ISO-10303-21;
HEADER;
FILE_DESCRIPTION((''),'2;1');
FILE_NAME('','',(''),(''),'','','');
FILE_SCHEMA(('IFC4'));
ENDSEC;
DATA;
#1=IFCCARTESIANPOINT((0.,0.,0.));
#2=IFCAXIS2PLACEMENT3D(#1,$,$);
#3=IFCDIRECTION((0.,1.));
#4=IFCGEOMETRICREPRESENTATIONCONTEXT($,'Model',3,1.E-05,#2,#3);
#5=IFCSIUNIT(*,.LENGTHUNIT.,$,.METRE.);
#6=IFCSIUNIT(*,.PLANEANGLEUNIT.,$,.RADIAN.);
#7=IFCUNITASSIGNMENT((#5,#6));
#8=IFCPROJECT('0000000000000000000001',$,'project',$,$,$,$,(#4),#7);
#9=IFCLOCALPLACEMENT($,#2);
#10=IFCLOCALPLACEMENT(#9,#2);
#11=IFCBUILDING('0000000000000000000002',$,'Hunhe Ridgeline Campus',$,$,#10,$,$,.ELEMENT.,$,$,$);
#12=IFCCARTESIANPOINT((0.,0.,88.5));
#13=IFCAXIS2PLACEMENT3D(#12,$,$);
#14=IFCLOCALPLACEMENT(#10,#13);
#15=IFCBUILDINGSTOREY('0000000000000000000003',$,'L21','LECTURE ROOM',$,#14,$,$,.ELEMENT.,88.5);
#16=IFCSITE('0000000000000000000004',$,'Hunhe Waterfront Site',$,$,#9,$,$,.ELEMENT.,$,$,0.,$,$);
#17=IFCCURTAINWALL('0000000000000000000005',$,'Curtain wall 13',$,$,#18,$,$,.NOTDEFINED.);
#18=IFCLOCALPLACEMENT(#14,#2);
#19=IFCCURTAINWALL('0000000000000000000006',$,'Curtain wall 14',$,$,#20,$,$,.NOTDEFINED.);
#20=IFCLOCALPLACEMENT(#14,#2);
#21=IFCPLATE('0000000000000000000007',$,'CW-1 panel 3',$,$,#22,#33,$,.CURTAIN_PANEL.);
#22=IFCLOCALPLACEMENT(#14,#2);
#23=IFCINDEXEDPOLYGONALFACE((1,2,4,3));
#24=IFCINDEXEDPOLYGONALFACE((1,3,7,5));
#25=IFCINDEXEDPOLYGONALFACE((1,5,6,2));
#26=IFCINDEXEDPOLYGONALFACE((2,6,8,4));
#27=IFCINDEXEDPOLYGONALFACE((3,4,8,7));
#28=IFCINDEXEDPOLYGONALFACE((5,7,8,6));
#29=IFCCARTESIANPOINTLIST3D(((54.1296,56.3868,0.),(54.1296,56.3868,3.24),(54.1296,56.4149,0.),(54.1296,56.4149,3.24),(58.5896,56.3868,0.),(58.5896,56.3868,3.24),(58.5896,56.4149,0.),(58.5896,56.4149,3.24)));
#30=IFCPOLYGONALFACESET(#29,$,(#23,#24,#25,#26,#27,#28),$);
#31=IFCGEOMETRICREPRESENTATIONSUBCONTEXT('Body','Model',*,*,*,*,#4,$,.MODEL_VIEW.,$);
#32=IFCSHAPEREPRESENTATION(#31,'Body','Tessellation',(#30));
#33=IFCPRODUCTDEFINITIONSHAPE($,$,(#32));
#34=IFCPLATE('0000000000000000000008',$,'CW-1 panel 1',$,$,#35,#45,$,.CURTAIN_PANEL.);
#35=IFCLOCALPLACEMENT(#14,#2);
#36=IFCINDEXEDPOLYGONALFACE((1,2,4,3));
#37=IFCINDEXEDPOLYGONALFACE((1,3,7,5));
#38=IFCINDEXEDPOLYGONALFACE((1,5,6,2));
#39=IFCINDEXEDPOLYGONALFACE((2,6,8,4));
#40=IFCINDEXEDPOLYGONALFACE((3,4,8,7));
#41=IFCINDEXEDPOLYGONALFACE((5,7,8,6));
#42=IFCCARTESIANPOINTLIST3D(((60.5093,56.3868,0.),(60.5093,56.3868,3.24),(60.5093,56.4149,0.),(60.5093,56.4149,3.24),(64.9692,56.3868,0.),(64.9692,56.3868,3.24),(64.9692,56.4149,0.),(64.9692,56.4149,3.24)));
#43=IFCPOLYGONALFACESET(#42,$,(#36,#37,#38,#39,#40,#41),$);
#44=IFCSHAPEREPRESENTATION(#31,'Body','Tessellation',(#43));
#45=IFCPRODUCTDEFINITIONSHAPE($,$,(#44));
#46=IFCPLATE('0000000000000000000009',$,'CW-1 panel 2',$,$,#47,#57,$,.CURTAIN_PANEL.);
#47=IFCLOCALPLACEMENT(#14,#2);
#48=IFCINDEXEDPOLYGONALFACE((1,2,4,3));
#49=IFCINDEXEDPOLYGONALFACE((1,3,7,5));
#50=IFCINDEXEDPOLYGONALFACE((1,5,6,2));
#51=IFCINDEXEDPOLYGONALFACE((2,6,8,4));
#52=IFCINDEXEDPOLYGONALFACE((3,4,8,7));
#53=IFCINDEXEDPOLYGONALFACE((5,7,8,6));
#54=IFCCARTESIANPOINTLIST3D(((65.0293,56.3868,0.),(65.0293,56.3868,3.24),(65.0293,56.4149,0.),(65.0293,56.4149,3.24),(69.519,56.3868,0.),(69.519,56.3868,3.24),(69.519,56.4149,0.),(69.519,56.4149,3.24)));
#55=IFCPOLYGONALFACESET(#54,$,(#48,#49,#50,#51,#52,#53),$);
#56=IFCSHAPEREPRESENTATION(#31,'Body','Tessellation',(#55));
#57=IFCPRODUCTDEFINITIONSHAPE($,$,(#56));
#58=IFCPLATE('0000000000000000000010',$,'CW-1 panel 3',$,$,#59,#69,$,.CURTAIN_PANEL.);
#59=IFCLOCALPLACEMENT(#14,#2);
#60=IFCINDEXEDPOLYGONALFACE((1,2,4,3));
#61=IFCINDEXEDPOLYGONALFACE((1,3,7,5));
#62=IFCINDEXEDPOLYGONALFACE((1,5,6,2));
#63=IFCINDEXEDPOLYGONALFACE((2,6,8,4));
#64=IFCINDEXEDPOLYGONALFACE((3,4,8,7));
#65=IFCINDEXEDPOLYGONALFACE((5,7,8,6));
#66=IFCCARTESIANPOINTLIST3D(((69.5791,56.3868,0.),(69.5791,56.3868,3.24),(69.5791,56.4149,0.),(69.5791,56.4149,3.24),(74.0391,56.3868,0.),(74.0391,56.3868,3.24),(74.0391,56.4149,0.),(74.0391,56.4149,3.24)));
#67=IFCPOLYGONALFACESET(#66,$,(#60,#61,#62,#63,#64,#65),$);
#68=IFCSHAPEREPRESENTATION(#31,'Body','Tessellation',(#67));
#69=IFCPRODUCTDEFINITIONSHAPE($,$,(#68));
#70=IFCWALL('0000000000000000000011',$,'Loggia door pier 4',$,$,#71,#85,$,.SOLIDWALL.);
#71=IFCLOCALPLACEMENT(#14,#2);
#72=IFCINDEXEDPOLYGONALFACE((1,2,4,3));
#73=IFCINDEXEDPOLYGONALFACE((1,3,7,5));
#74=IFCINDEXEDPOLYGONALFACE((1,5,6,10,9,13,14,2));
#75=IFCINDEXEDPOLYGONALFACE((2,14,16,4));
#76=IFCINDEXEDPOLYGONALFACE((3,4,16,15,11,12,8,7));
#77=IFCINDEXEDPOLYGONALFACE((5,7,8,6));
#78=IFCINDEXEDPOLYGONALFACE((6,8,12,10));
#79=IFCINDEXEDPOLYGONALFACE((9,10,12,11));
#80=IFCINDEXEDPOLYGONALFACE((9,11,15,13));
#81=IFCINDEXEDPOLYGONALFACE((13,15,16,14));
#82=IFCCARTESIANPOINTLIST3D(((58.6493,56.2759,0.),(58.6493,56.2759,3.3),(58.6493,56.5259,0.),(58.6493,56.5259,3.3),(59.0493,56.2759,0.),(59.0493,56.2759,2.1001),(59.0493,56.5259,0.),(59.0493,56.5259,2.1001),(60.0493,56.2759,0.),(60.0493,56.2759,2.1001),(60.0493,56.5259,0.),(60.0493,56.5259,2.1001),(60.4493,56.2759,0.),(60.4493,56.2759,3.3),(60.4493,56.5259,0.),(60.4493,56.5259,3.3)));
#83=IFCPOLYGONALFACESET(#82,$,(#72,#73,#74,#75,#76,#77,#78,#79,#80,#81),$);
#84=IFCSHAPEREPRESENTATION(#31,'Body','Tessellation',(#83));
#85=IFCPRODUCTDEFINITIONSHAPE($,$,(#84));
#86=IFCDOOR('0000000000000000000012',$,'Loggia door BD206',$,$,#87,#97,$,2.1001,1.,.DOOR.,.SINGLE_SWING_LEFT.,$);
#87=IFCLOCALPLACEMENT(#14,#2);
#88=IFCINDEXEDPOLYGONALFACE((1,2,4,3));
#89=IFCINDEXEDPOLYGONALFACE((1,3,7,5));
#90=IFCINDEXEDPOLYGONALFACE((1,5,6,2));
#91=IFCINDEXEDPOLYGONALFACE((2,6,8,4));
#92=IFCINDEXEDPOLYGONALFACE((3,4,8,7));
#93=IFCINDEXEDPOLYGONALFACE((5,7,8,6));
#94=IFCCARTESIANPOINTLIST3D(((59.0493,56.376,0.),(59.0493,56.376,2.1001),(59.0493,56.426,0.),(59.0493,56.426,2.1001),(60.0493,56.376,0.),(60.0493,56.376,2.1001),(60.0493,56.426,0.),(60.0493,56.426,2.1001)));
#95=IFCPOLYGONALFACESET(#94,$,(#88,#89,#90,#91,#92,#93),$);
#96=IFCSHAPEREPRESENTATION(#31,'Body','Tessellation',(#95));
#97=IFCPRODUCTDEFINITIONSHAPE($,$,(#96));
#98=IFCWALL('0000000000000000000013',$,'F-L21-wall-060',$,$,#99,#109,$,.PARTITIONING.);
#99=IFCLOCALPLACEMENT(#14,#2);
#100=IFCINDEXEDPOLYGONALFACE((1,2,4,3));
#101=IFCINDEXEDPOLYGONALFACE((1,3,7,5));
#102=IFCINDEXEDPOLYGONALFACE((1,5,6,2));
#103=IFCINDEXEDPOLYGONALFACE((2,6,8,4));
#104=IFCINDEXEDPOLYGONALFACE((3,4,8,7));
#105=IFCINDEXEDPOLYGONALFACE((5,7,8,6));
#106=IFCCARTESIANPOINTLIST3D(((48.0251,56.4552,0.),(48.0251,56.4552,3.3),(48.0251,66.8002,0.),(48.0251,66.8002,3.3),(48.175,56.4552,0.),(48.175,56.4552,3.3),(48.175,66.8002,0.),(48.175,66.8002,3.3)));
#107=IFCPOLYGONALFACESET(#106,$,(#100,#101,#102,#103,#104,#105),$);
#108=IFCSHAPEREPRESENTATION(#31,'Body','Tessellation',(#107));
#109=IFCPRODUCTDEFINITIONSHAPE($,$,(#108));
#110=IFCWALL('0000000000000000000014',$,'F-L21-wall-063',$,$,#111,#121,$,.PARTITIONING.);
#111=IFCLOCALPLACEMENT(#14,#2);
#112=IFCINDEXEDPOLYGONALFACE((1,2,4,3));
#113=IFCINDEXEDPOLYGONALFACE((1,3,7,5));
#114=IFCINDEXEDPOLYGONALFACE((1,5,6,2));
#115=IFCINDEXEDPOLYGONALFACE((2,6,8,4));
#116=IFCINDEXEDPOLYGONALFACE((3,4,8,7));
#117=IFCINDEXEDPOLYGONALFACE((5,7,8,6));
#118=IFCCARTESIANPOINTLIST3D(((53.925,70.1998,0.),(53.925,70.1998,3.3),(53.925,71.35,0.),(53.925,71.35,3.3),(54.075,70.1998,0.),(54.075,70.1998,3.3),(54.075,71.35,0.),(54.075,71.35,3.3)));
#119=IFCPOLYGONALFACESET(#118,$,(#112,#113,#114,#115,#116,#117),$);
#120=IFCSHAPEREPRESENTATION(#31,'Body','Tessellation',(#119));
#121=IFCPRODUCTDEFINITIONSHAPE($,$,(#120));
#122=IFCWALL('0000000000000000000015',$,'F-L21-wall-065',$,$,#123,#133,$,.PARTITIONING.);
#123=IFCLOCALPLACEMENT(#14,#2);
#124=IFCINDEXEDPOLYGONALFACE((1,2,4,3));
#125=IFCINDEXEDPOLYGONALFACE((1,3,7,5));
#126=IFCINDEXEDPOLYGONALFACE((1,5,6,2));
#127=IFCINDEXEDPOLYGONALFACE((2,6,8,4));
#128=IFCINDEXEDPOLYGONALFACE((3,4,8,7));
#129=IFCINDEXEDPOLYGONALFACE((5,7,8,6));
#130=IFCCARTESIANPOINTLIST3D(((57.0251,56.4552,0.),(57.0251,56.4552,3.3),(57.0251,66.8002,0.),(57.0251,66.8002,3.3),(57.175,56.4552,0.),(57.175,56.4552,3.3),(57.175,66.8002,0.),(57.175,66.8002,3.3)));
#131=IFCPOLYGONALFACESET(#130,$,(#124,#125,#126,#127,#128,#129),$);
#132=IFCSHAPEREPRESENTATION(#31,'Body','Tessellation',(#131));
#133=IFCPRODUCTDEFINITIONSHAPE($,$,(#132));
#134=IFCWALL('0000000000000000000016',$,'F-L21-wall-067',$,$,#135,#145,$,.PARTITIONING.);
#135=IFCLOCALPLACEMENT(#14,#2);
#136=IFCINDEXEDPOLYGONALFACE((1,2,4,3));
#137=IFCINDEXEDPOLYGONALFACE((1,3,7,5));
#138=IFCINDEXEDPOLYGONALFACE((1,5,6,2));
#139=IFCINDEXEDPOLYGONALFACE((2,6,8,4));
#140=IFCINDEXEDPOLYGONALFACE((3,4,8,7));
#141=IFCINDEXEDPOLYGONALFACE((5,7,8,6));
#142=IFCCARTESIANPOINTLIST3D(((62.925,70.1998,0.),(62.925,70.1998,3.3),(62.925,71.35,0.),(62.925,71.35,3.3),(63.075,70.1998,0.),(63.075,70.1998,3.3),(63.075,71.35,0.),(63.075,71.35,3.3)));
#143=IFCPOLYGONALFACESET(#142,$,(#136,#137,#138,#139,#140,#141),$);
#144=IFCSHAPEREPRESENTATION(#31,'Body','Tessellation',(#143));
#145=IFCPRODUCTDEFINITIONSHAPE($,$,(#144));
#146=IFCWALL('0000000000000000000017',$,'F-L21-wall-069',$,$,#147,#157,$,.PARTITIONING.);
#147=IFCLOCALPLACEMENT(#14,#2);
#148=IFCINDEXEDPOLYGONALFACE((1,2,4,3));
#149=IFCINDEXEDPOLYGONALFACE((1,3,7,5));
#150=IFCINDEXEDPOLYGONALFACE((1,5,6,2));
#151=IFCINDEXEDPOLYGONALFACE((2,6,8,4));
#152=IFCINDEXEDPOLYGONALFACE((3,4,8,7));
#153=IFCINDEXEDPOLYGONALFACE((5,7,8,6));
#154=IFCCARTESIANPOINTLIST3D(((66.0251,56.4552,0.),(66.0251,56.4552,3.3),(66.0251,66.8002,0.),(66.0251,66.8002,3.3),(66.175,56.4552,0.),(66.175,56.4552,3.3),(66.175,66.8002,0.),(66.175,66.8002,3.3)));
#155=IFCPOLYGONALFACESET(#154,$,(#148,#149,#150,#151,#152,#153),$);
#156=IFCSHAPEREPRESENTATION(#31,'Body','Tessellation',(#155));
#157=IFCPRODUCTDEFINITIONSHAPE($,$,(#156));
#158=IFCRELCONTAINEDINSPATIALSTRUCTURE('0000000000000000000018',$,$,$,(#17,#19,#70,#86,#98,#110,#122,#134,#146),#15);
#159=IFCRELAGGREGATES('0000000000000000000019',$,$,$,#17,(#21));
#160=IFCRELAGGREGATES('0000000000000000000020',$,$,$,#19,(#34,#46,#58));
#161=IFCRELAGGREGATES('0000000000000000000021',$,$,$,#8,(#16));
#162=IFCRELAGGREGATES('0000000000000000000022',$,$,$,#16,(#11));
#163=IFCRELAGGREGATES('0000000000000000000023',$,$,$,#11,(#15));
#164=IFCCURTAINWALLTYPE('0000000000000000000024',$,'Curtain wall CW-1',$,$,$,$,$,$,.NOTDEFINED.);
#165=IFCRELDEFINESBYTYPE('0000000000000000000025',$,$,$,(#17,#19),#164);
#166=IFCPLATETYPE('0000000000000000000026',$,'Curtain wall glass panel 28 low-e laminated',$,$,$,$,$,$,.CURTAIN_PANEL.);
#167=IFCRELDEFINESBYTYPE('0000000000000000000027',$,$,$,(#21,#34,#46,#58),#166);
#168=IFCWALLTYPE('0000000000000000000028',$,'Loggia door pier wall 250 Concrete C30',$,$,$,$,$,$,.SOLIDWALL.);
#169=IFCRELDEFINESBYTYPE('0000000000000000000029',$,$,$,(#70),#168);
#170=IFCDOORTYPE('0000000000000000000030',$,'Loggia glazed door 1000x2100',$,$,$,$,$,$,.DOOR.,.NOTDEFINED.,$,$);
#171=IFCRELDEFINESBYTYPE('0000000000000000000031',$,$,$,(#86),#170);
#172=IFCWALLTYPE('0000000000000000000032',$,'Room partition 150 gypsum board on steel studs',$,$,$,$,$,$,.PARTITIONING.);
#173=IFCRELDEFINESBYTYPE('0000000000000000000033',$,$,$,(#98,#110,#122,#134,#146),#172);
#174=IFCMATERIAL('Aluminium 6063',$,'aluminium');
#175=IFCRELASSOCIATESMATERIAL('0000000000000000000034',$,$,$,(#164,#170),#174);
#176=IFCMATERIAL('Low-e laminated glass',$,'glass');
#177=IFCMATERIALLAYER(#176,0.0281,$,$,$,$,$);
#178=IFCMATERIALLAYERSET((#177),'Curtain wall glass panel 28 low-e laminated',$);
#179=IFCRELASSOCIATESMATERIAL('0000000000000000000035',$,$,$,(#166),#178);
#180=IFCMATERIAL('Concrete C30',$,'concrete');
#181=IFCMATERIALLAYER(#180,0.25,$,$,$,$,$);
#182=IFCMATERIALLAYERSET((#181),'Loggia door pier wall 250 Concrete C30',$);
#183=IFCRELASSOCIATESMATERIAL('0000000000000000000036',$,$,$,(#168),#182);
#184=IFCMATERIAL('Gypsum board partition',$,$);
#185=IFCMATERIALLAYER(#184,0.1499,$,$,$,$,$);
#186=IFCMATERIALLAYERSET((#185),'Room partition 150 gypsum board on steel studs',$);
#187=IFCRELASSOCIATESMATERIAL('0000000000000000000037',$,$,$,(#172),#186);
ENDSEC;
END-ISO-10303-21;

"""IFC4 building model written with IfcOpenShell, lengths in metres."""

from ifc_helpers import new_model, si_unit, direction, frame, frame_2d, origin, origin_2d, place, context, subcontext, project, spatial, rectangle, extrude, material, layer, layer_set, type_object, element, fill, aggregate, save


model = new_model("IFC4")

# Units and contexts
model_context = context("Model", 3, precision=1e-05, world=origin(), true_north=direction((0.0, 1.0)))
body_context = subcontext(model_context, "Body", "Model", "MODEL_VIEW")
ifc_project = project(units=[si_unit("LENGTHUNIT", "METRE"), si_unit("PLANEANGLEUNIT", "RADIAN")], contexts=[model_context])

# Site, building, storey
site_placement = place(None, origin())
site = spatial("IfcSite", under=ifc_project, at=site_placement, Name="Hunhe Waterfront Site", CompositionType="ELEMENT", RefElevation=0.0)
building_placement = place(site_placement, origin())
building = spatial("IfcBuilding", under=site, at=building_placement, Name="Hunhe Ridgeline Campus", CompositionType="ELEMENT")
storey_placement = place(building_placement, frame((0.0, 0.0, 88.5)))
storey = spatial("IfcBuildingStorey", under=building, at=storey_placement, Name="L21", Description="LECTURE ROOM", CompositionType="ELEMENT", Elevation=88.5)

# Curtain walls
ifc_material_1 = material(Name="Aluminium 6063", Category="aluminium")
curtain_wall_type = type_object("IfcCurtainWallType", Name="Curtain wall CW-1", PredefinedType="NOTDEFINED", material=ifc_material_1)
curtain_wall_1_placement = place(storey_placement, origin())
curtain_wall_1 = element("IfcCurtainWall", 1, at=curtain_wall_1_placement, inside=storey, type_object=curtain_wall_type, Name="Curtain wall 13", PredefinedType="NOTDEFINED")
curtain_wall_2_placement = place(storey_placement, origin())
curtain_wall_2 = element("IfcCurtainWall", 2, at=curtain_wall_2_placement, inside=storey, type_object=curtain_wall_type, Name="Curtain wall 14", PredefinedType="NOTDEFINED")

# Plates
ifc_material_2 = material(Name="Low-e laminated glass", Category="glass")
ifc_layer_1 = layer(ifc_material_2, 0.0281)
ifc_layer_set_1 = layer_set([ifc_layer_1], Name="Curtain wall glass panel 28 low-e laminated")
plate_type = type_object("IfcPlateType", Name="Curtain wall glass panel 28 low-e laminated", PredefinedType="CURTAIN_PANEL", material=ifc_layer_set_1)
plate_1_placement = place(storey_placement, frame((56.3596, 56.4009, 0.0), z_axis=(0.0, 0.0, 1.0), x_axis=(1.0, 0.0, 0.0)))
plate_1 = element("IfcPlate", 3, at=plate_1_placement, type_object=plate_type, Name="CW-1 panel 3", PredefinedType="CURTAIN_PANEL", context=body_context, shape_type="SweptSolid", body=[
    extrude(rectangle(XDim=4.46, YDim=0.0281, at=origin_2d()), origin(), (0.0, 0.0, 1.0), 3.24),
])
aggregate(curtain_wall_1, [plate_1])
plate_2_placement = place(storey_placement, frame((62.7393, 56.4009, 0.0), z_axis=(0.0, 0.0, 1.0), x_axis=(1.0, 0.0, 0.0)))
plate_2 = element("IfcPlate", 4, at=plate_2_placement, type_object=plate_type, Name="CW-1 panel 1", PredefinedType="CURTAIN_PANEL", context=body_context, shape_type="SweptSolid", body=[
    extrude(rectangle(XDim=4.46, YDim=0.0281, at=origin_2d()), origin(), (0.0, 0.0, 1.0), 3.24),
])
plate_3_placement = place(storey_placement, frame((67.2742, 56.4009, 0.0), z_axis=(0.0, 0.0, 1.0), x_axis=(1.0, 0.0, 0.0)))
plate_3 = element("IfcPlate", 5, at=plate_3_placement, type_object=plate_type, Name="CW-1 panel 2", PredefinedType="CURTAIN_PANEL", context=body_context, shape_type="SweptSolid", body=[
    extrude(rectangle(XDim=4.4897, YDim=0.0281, at=origin_2d()), origin(), (0.0, 0.0, 1.0), 3.24),
])
plate_4_placement = place(storey_placement, frame((71.8091, 56.4009, 0.0), z_axis=(0.0, 0.0, 1.0), x_axis=(1.0, 0.0, 0.0)))
plate_4 = element("IfcPlate", 6, at=plate_4_placement, type_object=plate_type, Name="CW-1 panel 3", PredefinedType="CURTAIN_PANEL", context=body_context, shape_type="SweptSolid", body=[
    extrude(rectangle(XDim=4.46, YDim=0.0281, at=origin_2d()), origin(), (0.0, 0.0, 1.0), 3.24),
])
aggregate(curtain_wall_2, [plate_2, plate_3, plate_4])

# Wall, opening, door
ifc_material_3 = material(Name="Concrete C30", Category="concrete")
ifc_layer_2 = layer(ifc_material_3, 0.25)
ifc_layer_set_2 = layer_set([ifc_layer_2], Name="Loggia door pier wall 250 Concrete C30")
wall_type_1 = type_object("IfcWallType", Name="Loggia door pier wall 250 Concrete C30", PredefinedType="SOLIDWALL", material=ifc_layer_set_2)
wall_1_placement = place(storey_placement, frame((58.6494, 56.4009, 0.0), z_axis=(0.0, 0.0, 1.0), x_axis=(1.0, 0.0, 0.0)))
wall_1 = element("IfcWall", 7, at=wall_1_placement, inside=storey, type_object=wall_type_1, Name="Loggia door pier 4", PredefinedType="SOLIDWALL", context=body_context, shape_type="SweptSolid", body=[
    extrude(rectangle(XDim=1.8, YDim=0.25, at=frame_2d((0.8999, 0.0))), origin(), (0.0, 0.0, 1.0), 3.3),
])
opening_placement = place(wall_1_placement, frame((0.3999, 0.0, 0.0)))
opening = element("IfcOpeningElement", 8, at=opening_placement, cuts=wall_1, PredefinedType="OPENING", context=body_context, shape_type="SweptSolid", body=[
    extrude(rectangle(XDim=1.0, YDim=2.1001, at=frame_2d((0.5, 1.05))), frame((0.0, 0.125, 0.0), z_axis=(0.0, -1.0, 0.0), x_axis=(1.0, 0.0, 0.0)), (0.0, 0.0, 1.0), 0.25),
])
door_type = type_object("IfcDoorType", Name="Loggia glazed door 1000x2100", OperationType="NOTDEFINED", PredefinedType="DOOR", material=ifc_material_1)
door_placement = place(opening_placement, frame((1.0, 0.0, 0.0), z_axis=(0.0, 0.0, 1.0), x_axis=(-1.0, 0.0, 0.0)))
door = element("IfcDoor", 9, at=door_placement, inside=storey, type_object=door_type, Name="Loggia door BD206", OperationType="SINGLE_SWING_LEFT", OverallHeight=2.1001, OverallWidth=1.0, PredefinedType="DOOR", context=body_context, shape_type="SweptSolid", body=[
    extrude(rectangle(XDim=1.0, YDim=2.1001, at=frame_2d((0.5, 1.05))), frame((0.0, 0.0249, 0.0), z_axis=(0.0, -1.0, 0.0), x_axis=(1.0, 0.0, 0.0)), (0.0, 0.0, 1.0), 0.05),
])
fill(opening, door)

# Walls
ifc_material_4 = material(Name="Gypsum board partition")
ifc_layer_3 = layer(ifc_material_4, 0.1499)
ifc_layer_set_3 = layer_set([ifc_layer_3], Name="Room partition 150 gypsum board on steel studs")
wall_type_2 = type_object("IfcWallType", Name="Room partition 150 gypsum board on steel studs", PredefinedType="PARTITIONING", material=ifc_layer_set_3)
wall_2_placement = place(storey_placement, frame((48.1001, 66.8, 0.0), z_axis=(0.0, 0.0, 1.0), x_axis=(0.0, -1.0, 0.0)))
element("IfcWall", 10, at=wall_2_placement, inside=storey, type_object=wall_type_2, Name="F-L21-wall-060", PredefinedType="PARTITIONING", context=body_context, shape_type="SweptSolid", body=[
    extrude(rectangle(XDim=10.345, YDim=0.1499, at=frame_2d((5.1724, 0.0))), origin(), (0.0, 0.0, 1.0), 3.3),
])
wall_3_placement = place(storey_placement, frame((54.0, 71.3501, 0.0), z_axis=(0.0, 0.0, 1.0), x_axis=(0.0, -1.0, 0.0)))
element("IfcWall", 11, at=wall_3_placement, inside=storey, type_object=wall_type_2, Name="F-L21-wall-063", PredefinedType="PARTITIONING", context=body_context, shape_type="SweptSolid", body=[
    extrude(rectangle(XDim=1.1501, YDim=0.1499, at=frame_2d((0.5752, 0.0))), origin(), (0.0, 0.0, 1.0), 3.3),
])
wall_4_placement = place(storey_placement, frame((57.1001, 66.8, 0.0), z_axis=(0.0, 0.0, 1.0), x_axis=(0.0, -1.0, 0.0)))
element("IfcWall", 12, at=wall_4_placement, inside=storey, type_object=wall_type_2, Name="F-L21-wall-065", PredefinedType="PARTITIONING", context=body_context, shape_type="SweptSolid", body=[
    extrude(rectangle(XDim=10.345, YDim=0.1499, at=frame_2d((5.1724, 0.0))), origin(), (0.0, 0.0, 1.0), 3.3),
])
wall_5_placement = place(storey_placement, frame((63.0, 71.3501, 0.0), z_axis=(0.0, 0.0, 1.0), x_axis=(0.0, -1.0, 0.0)))
element("IfcWall", 13, at=wall_5_placement, inside=storey, type_object=wall_type_2, Name="F-L21-wall-067", PredefinedType="PARTITIONING", context=body_context, shape_type="SweptSolid", body=[
    extrude(rectangle(XDim=1.1501, YDim=0.1499, at=frame_2d((0.5752, 0.0))), origin(), (0.0, 0.0, 1.0), 3.3),
])
wall_6_placement = place(storey_placement, frame((66.1001, 66.8, 0.0), z_axis=(0.0, 0.0, 1.0), x_axis=(0.0, -1.0, 0.0)))
element("IfcWall", 14, at=wall_6_placement, inside=storey, type_object=wall_type_2, Name="F-L21-wall-069", PredefinedType="PARTITIONING", context=body_context, shape_type="SweptSolid", body=[
    extrude(rectangle(XDim=10.345, YDim=0.1499, at=frame_2d((5.1724, 0.0))), origin(), (0.0, 0.0, 1.0), 3.3),
])

save(model, "model.ifc")
